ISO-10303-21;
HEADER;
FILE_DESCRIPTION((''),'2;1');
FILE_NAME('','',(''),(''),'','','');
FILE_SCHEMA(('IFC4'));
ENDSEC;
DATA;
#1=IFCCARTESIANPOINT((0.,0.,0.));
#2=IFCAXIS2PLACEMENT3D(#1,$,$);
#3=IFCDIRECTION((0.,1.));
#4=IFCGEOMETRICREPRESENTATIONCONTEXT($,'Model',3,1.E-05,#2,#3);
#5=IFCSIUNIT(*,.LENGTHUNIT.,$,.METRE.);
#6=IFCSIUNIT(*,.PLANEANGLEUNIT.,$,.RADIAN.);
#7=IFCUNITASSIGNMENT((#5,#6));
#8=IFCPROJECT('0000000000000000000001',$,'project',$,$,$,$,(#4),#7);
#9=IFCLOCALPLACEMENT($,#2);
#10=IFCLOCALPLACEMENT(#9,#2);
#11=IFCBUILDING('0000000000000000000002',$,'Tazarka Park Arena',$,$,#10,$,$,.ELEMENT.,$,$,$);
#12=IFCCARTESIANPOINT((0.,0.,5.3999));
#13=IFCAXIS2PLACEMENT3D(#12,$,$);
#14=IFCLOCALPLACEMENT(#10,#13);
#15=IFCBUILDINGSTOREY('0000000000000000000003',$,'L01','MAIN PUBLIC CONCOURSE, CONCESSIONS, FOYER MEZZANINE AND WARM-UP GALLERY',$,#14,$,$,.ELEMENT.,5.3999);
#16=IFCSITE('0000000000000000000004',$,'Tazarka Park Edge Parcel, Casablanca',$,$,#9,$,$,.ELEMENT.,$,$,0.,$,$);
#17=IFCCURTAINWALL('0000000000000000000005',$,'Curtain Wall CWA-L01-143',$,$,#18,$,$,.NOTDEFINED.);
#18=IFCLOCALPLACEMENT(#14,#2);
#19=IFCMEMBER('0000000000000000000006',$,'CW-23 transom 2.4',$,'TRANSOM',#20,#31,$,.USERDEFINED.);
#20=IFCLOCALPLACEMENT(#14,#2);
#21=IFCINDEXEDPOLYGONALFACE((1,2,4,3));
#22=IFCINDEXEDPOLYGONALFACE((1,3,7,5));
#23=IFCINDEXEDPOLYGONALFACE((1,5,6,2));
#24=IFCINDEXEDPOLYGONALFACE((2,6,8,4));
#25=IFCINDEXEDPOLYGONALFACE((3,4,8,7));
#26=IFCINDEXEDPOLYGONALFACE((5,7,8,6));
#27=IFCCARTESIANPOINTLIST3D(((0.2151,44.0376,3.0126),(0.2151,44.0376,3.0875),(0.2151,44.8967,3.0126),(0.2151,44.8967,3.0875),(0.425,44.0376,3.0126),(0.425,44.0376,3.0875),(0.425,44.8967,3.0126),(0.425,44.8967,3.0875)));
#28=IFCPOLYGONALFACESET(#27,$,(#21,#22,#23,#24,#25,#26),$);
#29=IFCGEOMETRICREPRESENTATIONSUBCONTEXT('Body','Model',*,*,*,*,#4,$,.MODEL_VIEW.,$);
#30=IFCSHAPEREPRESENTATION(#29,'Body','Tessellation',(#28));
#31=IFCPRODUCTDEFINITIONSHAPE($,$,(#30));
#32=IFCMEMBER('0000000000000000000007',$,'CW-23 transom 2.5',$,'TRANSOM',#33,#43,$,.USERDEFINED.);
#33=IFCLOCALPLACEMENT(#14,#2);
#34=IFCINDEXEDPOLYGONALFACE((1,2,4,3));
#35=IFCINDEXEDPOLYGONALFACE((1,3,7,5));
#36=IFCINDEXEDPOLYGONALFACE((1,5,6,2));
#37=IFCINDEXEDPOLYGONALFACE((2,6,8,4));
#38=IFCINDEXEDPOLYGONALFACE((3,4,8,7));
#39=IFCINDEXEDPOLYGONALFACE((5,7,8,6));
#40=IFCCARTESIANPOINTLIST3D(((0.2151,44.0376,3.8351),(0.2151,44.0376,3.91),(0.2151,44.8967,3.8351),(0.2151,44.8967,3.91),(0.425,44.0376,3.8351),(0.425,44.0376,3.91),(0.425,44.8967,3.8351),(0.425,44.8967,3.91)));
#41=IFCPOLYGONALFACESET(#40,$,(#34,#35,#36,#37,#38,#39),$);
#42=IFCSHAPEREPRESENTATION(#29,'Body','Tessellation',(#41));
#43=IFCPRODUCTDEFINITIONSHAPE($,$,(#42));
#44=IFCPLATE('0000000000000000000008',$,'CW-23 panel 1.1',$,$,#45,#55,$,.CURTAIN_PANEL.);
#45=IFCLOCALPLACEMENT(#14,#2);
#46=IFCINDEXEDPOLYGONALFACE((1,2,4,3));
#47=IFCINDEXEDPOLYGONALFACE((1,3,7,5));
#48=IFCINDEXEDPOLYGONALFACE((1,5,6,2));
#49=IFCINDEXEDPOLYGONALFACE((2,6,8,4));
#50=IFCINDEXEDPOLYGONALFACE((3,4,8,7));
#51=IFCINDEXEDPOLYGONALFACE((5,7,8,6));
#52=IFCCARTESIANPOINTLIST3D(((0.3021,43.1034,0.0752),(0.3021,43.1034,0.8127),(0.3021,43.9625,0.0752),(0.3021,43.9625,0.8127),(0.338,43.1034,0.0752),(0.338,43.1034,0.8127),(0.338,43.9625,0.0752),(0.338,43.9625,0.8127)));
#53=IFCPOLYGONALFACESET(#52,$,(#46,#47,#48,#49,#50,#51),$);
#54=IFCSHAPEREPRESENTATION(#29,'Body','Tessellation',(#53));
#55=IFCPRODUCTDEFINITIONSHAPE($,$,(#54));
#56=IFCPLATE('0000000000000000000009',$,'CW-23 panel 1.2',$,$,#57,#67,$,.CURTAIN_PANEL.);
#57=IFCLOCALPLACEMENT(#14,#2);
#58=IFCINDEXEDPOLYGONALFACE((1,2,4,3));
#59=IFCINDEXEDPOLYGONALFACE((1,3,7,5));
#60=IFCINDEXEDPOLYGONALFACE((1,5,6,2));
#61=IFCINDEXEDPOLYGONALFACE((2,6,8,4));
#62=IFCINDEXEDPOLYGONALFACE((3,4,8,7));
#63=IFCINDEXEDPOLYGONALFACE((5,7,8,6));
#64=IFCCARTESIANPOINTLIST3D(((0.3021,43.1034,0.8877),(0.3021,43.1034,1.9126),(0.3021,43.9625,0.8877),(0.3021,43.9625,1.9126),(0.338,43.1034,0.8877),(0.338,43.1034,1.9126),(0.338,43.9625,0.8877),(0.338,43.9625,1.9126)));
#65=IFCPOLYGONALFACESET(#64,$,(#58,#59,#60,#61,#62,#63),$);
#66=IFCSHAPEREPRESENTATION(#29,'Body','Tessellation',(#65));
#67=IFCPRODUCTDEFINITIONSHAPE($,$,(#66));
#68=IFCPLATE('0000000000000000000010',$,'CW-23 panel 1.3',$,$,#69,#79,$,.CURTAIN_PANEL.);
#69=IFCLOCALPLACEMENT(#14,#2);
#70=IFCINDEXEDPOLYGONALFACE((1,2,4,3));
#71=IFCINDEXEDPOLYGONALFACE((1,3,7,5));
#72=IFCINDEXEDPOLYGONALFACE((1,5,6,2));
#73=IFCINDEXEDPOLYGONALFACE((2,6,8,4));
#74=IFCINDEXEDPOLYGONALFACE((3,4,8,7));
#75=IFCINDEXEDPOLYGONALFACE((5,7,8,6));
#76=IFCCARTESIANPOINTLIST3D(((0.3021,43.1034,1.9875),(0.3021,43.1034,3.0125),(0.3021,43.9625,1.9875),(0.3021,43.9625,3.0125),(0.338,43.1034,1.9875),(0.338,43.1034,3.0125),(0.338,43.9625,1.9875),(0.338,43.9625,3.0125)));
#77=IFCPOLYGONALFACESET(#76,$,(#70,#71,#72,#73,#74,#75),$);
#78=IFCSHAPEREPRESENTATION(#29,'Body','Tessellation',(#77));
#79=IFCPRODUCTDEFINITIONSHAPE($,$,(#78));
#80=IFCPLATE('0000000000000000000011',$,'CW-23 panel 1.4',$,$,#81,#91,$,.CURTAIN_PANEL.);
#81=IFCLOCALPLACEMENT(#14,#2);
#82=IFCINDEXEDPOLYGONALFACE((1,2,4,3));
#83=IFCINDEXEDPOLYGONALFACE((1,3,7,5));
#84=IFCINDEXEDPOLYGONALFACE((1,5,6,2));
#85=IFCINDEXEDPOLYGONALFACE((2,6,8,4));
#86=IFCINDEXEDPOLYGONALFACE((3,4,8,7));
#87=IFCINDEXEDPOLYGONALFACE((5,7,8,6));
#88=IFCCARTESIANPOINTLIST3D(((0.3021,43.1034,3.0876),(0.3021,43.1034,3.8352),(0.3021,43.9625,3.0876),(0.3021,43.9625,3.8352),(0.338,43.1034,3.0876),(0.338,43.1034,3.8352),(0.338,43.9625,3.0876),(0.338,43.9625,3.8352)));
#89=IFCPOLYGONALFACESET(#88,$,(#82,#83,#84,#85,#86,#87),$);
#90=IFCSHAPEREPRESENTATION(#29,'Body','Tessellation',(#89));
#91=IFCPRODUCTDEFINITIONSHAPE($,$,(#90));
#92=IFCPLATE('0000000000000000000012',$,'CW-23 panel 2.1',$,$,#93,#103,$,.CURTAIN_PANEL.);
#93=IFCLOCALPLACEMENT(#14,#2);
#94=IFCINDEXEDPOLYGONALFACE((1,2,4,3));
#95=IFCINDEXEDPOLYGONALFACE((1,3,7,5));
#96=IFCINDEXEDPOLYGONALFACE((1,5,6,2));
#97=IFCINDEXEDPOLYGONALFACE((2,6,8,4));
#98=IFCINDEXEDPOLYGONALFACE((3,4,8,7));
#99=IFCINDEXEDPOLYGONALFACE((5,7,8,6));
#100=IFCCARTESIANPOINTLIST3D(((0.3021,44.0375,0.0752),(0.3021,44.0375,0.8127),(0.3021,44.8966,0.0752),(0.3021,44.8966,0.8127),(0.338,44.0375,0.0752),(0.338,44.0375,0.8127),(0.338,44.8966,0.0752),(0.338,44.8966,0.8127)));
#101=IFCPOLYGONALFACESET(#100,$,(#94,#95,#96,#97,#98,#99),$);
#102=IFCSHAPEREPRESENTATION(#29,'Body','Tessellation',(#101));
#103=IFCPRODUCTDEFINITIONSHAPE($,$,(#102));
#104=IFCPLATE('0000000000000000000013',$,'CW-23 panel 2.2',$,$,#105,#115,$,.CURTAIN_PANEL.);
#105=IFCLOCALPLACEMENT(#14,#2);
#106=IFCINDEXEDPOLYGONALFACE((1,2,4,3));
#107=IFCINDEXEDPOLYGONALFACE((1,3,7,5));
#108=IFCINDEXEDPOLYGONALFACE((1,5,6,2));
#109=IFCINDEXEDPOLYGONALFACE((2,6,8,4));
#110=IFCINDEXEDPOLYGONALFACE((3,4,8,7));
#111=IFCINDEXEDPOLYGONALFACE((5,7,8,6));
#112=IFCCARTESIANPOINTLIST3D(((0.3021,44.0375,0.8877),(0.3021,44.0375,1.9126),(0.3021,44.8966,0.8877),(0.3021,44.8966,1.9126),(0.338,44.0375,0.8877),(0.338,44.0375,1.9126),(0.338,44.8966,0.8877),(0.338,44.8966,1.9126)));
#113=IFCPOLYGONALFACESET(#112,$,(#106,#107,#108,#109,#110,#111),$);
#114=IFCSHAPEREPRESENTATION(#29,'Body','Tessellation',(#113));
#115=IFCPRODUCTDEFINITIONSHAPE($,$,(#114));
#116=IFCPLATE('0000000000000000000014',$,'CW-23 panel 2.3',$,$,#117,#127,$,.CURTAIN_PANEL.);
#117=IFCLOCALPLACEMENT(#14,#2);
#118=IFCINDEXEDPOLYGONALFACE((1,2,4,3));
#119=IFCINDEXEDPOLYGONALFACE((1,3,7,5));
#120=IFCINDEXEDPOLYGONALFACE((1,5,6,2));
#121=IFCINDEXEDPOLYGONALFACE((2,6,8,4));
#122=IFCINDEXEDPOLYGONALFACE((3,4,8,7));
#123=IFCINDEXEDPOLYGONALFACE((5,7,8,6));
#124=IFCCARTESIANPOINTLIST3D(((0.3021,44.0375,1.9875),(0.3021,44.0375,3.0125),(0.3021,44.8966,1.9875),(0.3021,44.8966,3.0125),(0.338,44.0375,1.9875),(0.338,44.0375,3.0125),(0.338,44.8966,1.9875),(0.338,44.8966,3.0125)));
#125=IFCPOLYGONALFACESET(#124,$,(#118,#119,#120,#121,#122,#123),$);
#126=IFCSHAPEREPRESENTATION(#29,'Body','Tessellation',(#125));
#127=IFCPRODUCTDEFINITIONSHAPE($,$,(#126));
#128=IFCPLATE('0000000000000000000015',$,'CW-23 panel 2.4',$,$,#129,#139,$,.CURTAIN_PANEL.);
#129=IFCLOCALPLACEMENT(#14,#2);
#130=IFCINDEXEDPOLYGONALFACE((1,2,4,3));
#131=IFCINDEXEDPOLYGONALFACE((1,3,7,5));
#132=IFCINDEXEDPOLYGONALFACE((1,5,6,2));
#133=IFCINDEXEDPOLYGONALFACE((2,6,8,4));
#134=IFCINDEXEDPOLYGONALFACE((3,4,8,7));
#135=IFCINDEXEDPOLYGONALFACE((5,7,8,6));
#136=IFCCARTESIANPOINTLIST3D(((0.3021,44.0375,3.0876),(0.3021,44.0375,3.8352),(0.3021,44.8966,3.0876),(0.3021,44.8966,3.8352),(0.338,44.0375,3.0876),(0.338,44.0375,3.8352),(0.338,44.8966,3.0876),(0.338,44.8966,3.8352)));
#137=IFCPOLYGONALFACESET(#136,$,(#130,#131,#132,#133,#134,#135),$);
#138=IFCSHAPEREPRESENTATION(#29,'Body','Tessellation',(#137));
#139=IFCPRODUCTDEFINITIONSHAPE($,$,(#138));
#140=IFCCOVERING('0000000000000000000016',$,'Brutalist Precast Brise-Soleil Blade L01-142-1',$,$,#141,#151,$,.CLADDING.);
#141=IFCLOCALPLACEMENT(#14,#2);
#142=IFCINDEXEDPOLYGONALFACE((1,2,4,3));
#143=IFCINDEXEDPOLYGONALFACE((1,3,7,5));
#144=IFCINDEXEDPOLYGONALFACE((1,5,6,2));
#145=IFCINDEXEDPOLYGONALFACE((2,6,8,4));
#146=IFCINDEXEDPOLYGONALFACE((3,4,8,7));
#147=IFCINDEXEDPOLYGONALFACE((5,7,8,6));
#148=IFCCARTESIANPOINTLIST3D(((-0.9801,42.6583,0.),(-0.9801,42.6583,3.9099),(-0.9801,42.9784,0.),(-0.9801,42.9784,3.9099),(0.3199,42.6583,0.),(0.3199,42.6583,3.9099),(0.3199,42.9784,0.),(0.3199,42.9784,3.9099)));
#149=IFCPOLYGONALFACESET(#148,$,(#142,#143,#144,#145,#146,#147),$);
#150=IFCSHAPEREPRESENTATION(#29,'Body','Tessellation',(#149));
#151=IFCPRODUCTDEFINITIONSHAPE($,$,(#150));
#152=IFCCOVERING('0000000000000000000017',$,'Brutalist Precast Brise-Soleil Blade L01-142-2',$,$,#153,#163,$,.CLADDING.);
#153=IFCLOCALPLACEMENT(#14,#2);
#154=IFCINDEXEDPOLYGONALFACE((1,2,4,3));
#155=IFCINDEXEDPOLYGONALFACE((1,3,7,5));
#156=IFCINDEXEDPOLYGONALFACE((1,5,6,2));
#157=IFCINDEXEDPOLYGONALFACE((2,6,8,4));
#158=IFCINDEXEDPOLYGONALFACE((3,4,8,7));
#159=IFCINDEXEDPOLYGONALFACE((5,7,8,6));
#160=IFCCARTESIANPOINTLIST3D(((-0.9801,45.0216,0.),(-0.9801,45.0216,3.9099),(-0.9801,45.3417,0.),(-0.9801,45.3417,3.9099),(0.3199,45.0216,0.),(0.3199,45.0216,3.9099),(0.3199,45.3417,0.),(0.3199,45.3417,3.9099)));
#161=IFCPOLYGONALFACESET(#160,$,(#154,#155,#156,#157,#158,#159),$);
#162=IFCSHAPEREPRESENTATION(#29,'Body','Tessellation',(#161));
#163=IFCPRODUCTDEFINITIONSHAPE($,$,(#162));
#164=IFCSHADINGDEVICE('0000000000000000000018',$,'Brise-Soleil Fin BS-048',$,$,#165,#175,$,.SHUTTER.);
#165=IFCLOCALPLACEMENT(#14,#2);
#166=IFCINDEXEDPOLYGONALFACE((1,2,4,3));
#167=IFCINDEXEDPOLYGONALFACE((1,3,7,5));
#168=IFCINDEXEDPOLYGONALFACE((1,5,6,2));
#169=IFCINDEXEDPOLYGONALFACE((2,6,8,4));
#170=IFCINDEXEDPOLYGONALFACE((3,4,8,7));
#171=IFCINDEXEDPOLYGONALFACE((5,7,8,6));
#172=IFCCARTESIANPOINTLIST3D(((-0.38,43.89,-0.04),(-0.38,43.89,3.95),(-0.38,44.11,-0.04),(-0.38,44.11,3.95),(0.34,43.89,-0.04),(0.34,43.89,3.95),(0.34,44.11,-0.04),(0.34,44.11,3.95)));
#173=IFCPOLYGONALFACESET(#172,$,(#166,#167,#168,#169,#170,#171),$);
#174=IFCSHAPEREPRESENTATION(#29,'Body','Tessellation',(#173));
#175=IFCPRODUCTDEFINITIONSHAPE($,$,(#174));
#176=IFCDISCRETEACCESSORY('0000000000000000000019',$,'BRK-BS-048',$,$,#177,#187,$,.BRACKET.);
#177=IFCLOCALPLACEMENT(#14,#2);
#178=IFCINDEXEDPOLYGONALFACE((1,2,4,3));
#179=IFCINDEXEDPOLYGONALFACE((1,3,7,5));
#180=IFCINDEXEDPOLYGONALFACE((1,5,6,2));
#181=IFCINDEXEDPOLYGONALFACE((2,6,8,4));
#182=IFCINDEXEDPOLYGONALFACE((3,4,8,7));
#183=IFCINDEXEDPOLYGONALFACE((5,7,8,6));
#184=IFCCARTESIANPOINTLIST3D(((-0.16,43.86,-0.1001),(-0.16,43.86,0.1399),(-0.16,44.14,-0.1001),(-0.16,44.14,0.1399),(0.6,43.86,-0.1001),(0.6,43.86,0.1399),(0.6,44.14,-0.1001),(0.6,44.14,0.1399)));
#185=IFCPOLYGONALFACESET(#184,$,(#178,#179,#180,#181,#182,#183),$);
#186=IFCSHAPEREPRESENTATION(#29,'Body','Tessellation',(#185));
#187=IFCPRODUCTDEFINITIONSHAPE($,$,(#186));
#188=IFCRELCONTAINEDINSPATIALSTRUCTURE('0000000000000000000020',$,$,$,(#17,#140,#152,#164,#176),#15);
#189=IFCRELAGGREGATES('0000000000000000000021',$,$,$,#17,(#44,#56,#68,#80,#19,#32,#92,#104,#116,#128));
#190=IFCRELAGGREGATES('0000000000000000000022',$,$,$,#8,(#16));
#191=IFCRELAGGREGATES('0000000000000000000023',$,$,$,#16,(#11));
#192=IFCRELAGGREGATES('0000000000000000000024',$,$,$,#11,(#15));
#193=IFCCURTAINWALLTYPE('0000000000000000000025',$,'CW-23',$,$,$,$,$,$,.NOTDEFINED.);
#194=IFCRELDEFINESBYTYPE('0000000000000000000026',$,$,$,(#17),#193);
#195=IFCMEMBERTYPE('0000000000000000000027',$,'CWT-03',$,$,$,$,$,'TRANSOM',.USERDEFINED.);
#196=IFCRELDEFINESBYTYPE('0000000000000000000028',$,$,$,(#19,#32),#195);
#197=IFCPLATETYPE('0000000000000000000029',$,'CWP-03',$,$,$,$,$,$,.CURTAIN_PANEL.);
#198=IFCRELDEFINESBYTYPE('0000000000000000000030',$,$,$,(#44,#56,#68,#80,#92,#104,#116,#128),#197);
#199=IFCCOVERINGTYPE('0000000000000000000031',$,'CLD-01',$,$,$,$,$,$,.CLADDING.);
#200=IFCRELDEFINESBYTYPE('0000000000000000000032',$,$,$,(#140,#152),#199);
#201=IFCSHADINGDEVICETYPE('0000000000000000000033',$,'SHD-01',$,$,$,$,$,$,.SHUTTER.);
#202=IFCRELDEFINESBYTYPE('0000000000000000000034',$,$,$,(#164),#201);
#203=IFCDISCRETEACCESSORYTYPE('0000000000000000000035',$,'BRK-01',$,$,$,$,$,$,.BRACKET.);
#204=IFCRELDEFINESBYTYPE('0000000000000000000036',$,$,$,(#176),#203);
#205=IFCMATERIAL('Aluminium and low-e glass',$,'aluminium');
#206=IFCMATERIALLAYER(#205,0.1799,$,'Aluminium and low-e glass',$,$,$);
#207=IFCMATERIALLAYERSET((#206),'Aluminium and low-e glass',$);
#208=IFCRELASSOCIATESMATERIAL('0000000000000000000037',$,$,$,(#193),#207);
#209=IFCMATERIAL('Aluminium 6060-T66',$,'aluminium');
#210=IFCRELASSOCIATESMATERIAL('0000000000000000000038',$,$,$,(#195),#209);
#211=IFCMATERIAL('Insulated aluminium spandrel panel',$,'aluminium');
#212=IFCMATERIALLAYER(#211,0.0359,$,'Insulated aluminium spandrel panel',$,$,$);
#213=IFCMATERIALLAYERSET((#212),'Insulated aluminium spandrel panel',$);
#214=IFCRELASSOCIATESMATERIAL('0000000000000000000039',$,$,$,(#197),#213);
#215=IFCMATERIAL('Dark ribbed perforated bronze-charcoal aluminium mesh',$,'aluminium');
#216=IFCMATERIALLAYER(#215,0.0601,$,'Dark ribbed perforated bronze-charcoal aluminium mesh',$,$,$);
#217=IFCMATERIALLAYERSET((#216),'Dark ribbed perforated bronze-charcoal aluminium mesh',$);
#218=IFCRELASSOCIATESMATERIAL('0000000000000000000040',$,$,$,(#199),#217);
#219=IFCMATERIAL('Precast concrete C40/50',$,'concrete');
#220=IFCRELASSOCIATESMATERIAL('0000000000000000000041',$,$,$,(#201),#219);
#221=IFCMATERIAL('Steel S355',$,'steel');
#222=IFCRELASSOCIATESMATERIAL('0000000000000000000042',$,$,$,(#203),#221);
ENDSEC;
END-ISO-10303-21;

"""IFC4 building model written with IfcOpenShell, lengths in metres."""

from ifc_helpers import new_model, si_unit, direction, frame, origin, origin_2d, place, context, subcontext, project, spatial, rectangle, extrude, material, layer, layer_set, material_profile, profile_set, type_object, element, aggregate, save


model = new_model("IFC4")

# Units and contexts
model_context = context("Model", 3, precision=1e-05, world=origin(), true_north=direction((0.0, 1.0)))
body_context = subcontext(model_context, "Body", "Model", "MODEL_VIEW")
ifc_project = project(units=[si_unit("LENGTHUNIT", "METRE"), si_unit("PLANEANGLEUNIT", "RADIAN")], contexts=[model_context])

# Site, building, storey
site_placement = place(None, origin())
site = spatial("IfcSite", under=ifc_project, at=site_placement, Name="Tazarka Park Edge Parcel, Casablanca", CompositionType="ELEMENT", RefElevation=0.0)
building_placement = place(site_placement, origin())
building = spatial("IfcBuilding", under=site, at=building_placement, Name="Tazarka Park Arena", CompositionType="ELEMENT")
storey_placement = place(building_placement, frame((0.0, 0.0, 5.3999)))
storey = spatial("IfcBuildingStorey", under=building, at=storey_placement, Name="L01", Description="MAIN PUBLIC CONCOURSE, CONCESSIONS, FOYER MEZZANINE AND WARM-UP GALLERY", CompositionType="ELEMENT", Elevation=5.3999)

# Curtain wall, members, plates
ifc_material_1 = material(Name="Aluminium and low-e glass", Category="aluminium")
ifc_layer_1 = layer(ifc_material_1, 0.1799, Name="Aluminium and low-e glass")
ifc_layer_set_1 = layer_set([ifc_layer_1], Name="Aluminium and low-e glass")
curtain_wall_type = type_object("IfcCurtainWallType", Name="CW-23", PredefinedType="NOTDEFINED", material=ifc_layer_set_1)
curtain_wall_placement = place(storey_placement, origin())
curtain_wall = element("IfcCurtainWall", 1, at=curtain_wall_placement, inside=storey, type_object=curtain_wall_type, Name="Curtain Wall CWA-L01-143", PredefinedType="NOTDEFINED")
ifc_material_2 = material(Name="Aluminium 6060-T66", Category="aluminium")
ifc_material_profile_1 = material_profile(ifc_material_2, rectangle(XDim=0.21, YDim=0.075, at=origin_2d()), Name="Aluminium 6060-T66")
ifc_profile_set_1 = profile_set([ifc_material_profile_1], Name="Aluminium 6060-T66")
member_type_1 = type_object("IfcMemberType", Name="CWT-03", ElementType="TRANSOM", PredefinedType="USERDEFINED", material=ifc_profile_set_1)
member_1_placement = place(storey_placement, frame((0.3201, 44.0376, 3.05), z_axis=(0.0, 1.0, 0.0), x_axis=(-1.0, 0.0, 0.0)))
member_1 = element("IfcMember", 2, at=member_1_placement, type_object=member_type_1, Name="CW-23 transom 2.4", ObjectType="TRANSOM", PredefinedType="USERDEFINED", context=body_context, shape_type="SweptSolid", body=[
    extrude(rectangle(XDim=0.21, YDim=0.075, at=origin_2d()), origin(), (0.0, 0.0, 1.0), 0.8591),
])
member_2_placement = place(storey_placement, frame((0.3201, 44.0376, 3.8726), z_axis=(0.0, 1.0, 0.0), x_axis=(-1.0, 0.0, 0.0)))
member_2 = element("IfcMember", 3, at=member_2_placement, type_object=member_type_1, Name="CW-23 transom 2.5", ObjectType="TRANSOM", PredefinedType="USERDEFINED", context=body_context, shape_type="SweptSolid", body=[
    extrude(rectangle(XDim=0.21, YDim=0.075, at=origin_2d()), origin(), (0.0, 0.0, 1.0), 0.8591),
])
ifc_material_3 = material(Name="Insulated aluminium spandrel panel", Category="aluminium")
ifc_layer_2 = layer(ifc_material_3, 0.0359, Name="Insulated aluminium spandrel panel")
ifc_layer_set_2 = layer_set([ifc_layer_2], Name="Insulated aluminium spandrel panel")
plate_type = type_object("IfcPlateType", Name="CWP-03", PredefinedType="CURTAIN_PANEL", material=ifc_layer_set_2)
plate_1_placement = place(storey_placement, frame((0.3201, 43.533, 0.0752), z_axis=(0.0, 0.0, 1.0), x_axis=(0.0, 1.0, 0.0)))
plate_1 = element("IfcPlate", 4, at=plate_1_placement, type_object=plate_type, Name="CW-23 panel 1.1", PredefinedType="CURTAIN_PANEL", context=body_context, shape_type="SweptSolid", body=[
    extrude(rectangle(XDim=0.8591, YDim=0.0359, at=origin_2d()), origin(), (0.0, 0.0, 1.0), 0.7375),
])
plate_2_placement = place(storey_placement, frame((0.3201, 43.533, 0.8877), z_axis=(0.0, 0.0, 1.0), x_axis=(0.0, 1.0, 0.0)))
plate_2 = element("IfcPlate", 5, at=plate_2_placement, type_object=plate_type, Name="CW-23 panel 1.2", PredefinedType="CURTAIN_PANEL", context=body_context, shape_type="SweptSolid", body=[
    extrude(rectangle(XDim=0.8591, YDim=0.0359, at=origin_2d()), origin(), (0.0, 0.0, 1.0), 1.0249),
])
plate_3_placement = place(storey_placement, frame((0.3201, 43.533, 1.9875), z_axis=(0.0, 0.0, 1.0), x_axis=(0.0, 1.0, 0.0)))
plate_3 = element("IfcPlate", 6, at=plate_3_placement, type_object=plate_type, Name="CW-23 panel 1.3", PredefinedType="CURTAIN_PANEL", context=body_context, shape_type="SweptSolid", body=[
    extrude(rectangle(XDim=0.8591, YDim=0.0359, at=origin_2d()), origin(), (0.0, 0.0, 1.0), 1.0249),
])
plate_4_placement = place(storey_placement, frame((0.3201, 43.533, 3.0876), z_axis=(0.0, 0.0, 1.0), x_axis=(0.0, 1.0, 0.0)))
plate_4 = element("IfcPlate", 7, at=plate_4_placement, type_object=plate_type, Name="CW-23 panel 1.4", PredefinedType="CURTAIN_PANEL", context=body_context, shape_type="SweptSolid", body=[
    extrude(rectangle(XDim=0.8591, YDim=0.0359, at=origin_2d()), origin(), (0.0, 0.0, 1.0), 0.7476),
])
plate_5_placement = place(storey_placement, frame((0.3201, 44.467, 0.0752), z_axis=(0.0, 0.0, 1.0), x_axis=(0.0, 1.0, 0.0)))
plate_5 = element("IfcPlate", 8, at=plate_5_placement, type_object=plate_type, Name="CW-23 panel 2.1", PredefinedType="CURTAIN_PANEL", context=body_context, shape_type="SweptSolid", body=[
    extrude(rectangle(XDim=0.8591, YDim=0.0359, at=origin_2d()), origin(), (0.0, 0.0, 1.0), 0.7375),
])
plate_6_placement = place(storey_placement, frame((0.3201, 44.467, 0.8877), z_axis=(0.0, 0.0, 1.0), x_axis=(0.0, 1.0, 0.0)))
plate_6 = element("IfcPlate", 9, at=plate_6_placement, type_object=plate_type, Name="CW-23 panel 2.2", PredefinedType="CURTAIN_PANEL", context=body_context, shape_type="SweptSolid", body=[
    extrude(rectangle(XDim=0.8591, YDim=0.0359, at=origin_2d()), origin(), (0.0, 0.0, 1.0), 1.0249),
])
plate_7_placement = place(storey_placement, frame((0.3201, 44.467, 1.9875), z_axis=(0.0, 0.0, 1.0), x_axis=(0.0, 1.0, 0.0)))
plate_7 = element("IfcPlate", 10, at=plate_7_placement, type_object=plate_type, Name="CW-23 panel 2.3", PredefinedType="CURTAIN_PANEL", context=body_context, shape_type="SweptSolid", body=[
    extrude(rectangle(XDim=0.8591, YDim=0.0359, at=origin_2d()), origin(), (0.0, 0.0, 1.0), 1.0249),
])
plate_8_placement = place(storey_placement, frame((0.3201, 44.467, 3.0876), z_axis=(0.0, 0.0, 1.0), x_axis=(0.0, 1.0, 0.0)))
plate_8 = element("IfcPlate", 11, at=plate_8_placement, type_object=plate_type, Name="CW-23 panel 2.4", PredefinedType="CURTAIN_PANEL", context=body_context, shape_type="SweptSolid", body=[
    extrude(rectangle(XDim=0.8591, YDim=0.0359, at=origin_2d()), origin(), (0.0, 0.0, 1.0), 0.7476),
])
aggregate(curtain_wall, [plate_1, plate_2, plate_3, plate_4, member_1, member_2, plate_5, plate_6, plate_7, plate_8])

# Coverings
ifc_material_4 = material(Name="Dark ribbed perforated bronze-charcoal aluminium mesh", Category="aluminium")
ifc_layer_3 = layer(ifc_material_4, 0.0601, Name="Dark ribbed perforated bronze-charcoal aluminium mesh")
ifc_layer_set_3 = layer_set([ifc_layer_3], Name="Dark ribbed perforated bronze-charcoal aluminium mesh")
covering_type = type_object("IfcCoveringType", Name="CLD-01", PredefinedType="CLADDING", material=ifc_layer_set_3)
for number, where, z_axis, x_axis, name in (
    (12, (-0.3301, 42.8184, 0.0), (0.0, 0.0, 1.0), (0.0, 1.0, 0.0), "Brutalist Precast Brise-Soleil Blade L01-142-1"),
    (13, (-0.3301, 45.1816, 0.0), (0.0, 0.0, 1.0), (0.0, 1.0, 0.0), "Brutalist Precast Brise-Soleil Blade L01-142-2"),
):
    element("IfcCovering", number, at=place(storey_placement, frame(where, z_axis=z_axis, x_axis=x_axis)), inside=storey, type_object=covering_type, Name=name, PredefinedType="CLADDING", context=body_context, shape_type="SweptSolid", body=[
        extrude(rectangle(XDim=0.3201, YDim=1.3, at=origin_2d()), origin(), (0.0, 0.0, 1.0), 3.9099),
    ])

# Shading device
ifc_material_5 = material(Name="Precast concrete C40/50", Category="concrete")
shading_device_type = type_object("IfcShadingDeviceType", Name="SHD-01", PredefinedType="SHUTTER", material=ifc_material_5)
shading_device_placement = place(storey_placement, frame((-0.02, 44.0, -0.04), z_axis=(0.0, 0.0, 1.0), x_axis=(0.0, 1.0, 0.0)))
element("IfcShadingDevice", 14, at=shading_device_placement, inside=storey, type_object=shading_device_type, Name="Brise-Soleil Fin BS-048", PredefinedType="SHUTTER", context=body_context, shape_type="SweptSolid", body=[
    extrude(rectangle(XDim=0.22, YDim=0.72, at=origin_2d()), origin(), (0.0, 0.0, 1.0), 3.99),
])

# Discrete accessory
ifc_material_6 = material(Name="Steel S355", Category="steel")
discrete_accessory_type = type_object("IfcDiscreteAccessoryType", Name="BRK-01", PredefinedType="BRACKET", material=ifc_material_6)
discrete_accessory_placement = place(storey_placement, frame((0.22, 44.0, -0.1001), z_axis=(0.0, 0.0, 1.0), x_axis=(0.0, 1.0, 0.0)))
element("IfcDiscreteAccessory", 15, at=discrete_accessory_placement, inside=storey, type_object=discrete_accessory_type, Name="BRK-BS-048", PredefinedType="BRACKET", context=body_context, shape_type="SweptSolid", body=[
    extrude(rectangle(XDim=0.28, YDim=0.76, at=origin_2d()), origin(), (0.0, 0.0, 1.0), 0.24),
])

save(model, "model.ifc")
